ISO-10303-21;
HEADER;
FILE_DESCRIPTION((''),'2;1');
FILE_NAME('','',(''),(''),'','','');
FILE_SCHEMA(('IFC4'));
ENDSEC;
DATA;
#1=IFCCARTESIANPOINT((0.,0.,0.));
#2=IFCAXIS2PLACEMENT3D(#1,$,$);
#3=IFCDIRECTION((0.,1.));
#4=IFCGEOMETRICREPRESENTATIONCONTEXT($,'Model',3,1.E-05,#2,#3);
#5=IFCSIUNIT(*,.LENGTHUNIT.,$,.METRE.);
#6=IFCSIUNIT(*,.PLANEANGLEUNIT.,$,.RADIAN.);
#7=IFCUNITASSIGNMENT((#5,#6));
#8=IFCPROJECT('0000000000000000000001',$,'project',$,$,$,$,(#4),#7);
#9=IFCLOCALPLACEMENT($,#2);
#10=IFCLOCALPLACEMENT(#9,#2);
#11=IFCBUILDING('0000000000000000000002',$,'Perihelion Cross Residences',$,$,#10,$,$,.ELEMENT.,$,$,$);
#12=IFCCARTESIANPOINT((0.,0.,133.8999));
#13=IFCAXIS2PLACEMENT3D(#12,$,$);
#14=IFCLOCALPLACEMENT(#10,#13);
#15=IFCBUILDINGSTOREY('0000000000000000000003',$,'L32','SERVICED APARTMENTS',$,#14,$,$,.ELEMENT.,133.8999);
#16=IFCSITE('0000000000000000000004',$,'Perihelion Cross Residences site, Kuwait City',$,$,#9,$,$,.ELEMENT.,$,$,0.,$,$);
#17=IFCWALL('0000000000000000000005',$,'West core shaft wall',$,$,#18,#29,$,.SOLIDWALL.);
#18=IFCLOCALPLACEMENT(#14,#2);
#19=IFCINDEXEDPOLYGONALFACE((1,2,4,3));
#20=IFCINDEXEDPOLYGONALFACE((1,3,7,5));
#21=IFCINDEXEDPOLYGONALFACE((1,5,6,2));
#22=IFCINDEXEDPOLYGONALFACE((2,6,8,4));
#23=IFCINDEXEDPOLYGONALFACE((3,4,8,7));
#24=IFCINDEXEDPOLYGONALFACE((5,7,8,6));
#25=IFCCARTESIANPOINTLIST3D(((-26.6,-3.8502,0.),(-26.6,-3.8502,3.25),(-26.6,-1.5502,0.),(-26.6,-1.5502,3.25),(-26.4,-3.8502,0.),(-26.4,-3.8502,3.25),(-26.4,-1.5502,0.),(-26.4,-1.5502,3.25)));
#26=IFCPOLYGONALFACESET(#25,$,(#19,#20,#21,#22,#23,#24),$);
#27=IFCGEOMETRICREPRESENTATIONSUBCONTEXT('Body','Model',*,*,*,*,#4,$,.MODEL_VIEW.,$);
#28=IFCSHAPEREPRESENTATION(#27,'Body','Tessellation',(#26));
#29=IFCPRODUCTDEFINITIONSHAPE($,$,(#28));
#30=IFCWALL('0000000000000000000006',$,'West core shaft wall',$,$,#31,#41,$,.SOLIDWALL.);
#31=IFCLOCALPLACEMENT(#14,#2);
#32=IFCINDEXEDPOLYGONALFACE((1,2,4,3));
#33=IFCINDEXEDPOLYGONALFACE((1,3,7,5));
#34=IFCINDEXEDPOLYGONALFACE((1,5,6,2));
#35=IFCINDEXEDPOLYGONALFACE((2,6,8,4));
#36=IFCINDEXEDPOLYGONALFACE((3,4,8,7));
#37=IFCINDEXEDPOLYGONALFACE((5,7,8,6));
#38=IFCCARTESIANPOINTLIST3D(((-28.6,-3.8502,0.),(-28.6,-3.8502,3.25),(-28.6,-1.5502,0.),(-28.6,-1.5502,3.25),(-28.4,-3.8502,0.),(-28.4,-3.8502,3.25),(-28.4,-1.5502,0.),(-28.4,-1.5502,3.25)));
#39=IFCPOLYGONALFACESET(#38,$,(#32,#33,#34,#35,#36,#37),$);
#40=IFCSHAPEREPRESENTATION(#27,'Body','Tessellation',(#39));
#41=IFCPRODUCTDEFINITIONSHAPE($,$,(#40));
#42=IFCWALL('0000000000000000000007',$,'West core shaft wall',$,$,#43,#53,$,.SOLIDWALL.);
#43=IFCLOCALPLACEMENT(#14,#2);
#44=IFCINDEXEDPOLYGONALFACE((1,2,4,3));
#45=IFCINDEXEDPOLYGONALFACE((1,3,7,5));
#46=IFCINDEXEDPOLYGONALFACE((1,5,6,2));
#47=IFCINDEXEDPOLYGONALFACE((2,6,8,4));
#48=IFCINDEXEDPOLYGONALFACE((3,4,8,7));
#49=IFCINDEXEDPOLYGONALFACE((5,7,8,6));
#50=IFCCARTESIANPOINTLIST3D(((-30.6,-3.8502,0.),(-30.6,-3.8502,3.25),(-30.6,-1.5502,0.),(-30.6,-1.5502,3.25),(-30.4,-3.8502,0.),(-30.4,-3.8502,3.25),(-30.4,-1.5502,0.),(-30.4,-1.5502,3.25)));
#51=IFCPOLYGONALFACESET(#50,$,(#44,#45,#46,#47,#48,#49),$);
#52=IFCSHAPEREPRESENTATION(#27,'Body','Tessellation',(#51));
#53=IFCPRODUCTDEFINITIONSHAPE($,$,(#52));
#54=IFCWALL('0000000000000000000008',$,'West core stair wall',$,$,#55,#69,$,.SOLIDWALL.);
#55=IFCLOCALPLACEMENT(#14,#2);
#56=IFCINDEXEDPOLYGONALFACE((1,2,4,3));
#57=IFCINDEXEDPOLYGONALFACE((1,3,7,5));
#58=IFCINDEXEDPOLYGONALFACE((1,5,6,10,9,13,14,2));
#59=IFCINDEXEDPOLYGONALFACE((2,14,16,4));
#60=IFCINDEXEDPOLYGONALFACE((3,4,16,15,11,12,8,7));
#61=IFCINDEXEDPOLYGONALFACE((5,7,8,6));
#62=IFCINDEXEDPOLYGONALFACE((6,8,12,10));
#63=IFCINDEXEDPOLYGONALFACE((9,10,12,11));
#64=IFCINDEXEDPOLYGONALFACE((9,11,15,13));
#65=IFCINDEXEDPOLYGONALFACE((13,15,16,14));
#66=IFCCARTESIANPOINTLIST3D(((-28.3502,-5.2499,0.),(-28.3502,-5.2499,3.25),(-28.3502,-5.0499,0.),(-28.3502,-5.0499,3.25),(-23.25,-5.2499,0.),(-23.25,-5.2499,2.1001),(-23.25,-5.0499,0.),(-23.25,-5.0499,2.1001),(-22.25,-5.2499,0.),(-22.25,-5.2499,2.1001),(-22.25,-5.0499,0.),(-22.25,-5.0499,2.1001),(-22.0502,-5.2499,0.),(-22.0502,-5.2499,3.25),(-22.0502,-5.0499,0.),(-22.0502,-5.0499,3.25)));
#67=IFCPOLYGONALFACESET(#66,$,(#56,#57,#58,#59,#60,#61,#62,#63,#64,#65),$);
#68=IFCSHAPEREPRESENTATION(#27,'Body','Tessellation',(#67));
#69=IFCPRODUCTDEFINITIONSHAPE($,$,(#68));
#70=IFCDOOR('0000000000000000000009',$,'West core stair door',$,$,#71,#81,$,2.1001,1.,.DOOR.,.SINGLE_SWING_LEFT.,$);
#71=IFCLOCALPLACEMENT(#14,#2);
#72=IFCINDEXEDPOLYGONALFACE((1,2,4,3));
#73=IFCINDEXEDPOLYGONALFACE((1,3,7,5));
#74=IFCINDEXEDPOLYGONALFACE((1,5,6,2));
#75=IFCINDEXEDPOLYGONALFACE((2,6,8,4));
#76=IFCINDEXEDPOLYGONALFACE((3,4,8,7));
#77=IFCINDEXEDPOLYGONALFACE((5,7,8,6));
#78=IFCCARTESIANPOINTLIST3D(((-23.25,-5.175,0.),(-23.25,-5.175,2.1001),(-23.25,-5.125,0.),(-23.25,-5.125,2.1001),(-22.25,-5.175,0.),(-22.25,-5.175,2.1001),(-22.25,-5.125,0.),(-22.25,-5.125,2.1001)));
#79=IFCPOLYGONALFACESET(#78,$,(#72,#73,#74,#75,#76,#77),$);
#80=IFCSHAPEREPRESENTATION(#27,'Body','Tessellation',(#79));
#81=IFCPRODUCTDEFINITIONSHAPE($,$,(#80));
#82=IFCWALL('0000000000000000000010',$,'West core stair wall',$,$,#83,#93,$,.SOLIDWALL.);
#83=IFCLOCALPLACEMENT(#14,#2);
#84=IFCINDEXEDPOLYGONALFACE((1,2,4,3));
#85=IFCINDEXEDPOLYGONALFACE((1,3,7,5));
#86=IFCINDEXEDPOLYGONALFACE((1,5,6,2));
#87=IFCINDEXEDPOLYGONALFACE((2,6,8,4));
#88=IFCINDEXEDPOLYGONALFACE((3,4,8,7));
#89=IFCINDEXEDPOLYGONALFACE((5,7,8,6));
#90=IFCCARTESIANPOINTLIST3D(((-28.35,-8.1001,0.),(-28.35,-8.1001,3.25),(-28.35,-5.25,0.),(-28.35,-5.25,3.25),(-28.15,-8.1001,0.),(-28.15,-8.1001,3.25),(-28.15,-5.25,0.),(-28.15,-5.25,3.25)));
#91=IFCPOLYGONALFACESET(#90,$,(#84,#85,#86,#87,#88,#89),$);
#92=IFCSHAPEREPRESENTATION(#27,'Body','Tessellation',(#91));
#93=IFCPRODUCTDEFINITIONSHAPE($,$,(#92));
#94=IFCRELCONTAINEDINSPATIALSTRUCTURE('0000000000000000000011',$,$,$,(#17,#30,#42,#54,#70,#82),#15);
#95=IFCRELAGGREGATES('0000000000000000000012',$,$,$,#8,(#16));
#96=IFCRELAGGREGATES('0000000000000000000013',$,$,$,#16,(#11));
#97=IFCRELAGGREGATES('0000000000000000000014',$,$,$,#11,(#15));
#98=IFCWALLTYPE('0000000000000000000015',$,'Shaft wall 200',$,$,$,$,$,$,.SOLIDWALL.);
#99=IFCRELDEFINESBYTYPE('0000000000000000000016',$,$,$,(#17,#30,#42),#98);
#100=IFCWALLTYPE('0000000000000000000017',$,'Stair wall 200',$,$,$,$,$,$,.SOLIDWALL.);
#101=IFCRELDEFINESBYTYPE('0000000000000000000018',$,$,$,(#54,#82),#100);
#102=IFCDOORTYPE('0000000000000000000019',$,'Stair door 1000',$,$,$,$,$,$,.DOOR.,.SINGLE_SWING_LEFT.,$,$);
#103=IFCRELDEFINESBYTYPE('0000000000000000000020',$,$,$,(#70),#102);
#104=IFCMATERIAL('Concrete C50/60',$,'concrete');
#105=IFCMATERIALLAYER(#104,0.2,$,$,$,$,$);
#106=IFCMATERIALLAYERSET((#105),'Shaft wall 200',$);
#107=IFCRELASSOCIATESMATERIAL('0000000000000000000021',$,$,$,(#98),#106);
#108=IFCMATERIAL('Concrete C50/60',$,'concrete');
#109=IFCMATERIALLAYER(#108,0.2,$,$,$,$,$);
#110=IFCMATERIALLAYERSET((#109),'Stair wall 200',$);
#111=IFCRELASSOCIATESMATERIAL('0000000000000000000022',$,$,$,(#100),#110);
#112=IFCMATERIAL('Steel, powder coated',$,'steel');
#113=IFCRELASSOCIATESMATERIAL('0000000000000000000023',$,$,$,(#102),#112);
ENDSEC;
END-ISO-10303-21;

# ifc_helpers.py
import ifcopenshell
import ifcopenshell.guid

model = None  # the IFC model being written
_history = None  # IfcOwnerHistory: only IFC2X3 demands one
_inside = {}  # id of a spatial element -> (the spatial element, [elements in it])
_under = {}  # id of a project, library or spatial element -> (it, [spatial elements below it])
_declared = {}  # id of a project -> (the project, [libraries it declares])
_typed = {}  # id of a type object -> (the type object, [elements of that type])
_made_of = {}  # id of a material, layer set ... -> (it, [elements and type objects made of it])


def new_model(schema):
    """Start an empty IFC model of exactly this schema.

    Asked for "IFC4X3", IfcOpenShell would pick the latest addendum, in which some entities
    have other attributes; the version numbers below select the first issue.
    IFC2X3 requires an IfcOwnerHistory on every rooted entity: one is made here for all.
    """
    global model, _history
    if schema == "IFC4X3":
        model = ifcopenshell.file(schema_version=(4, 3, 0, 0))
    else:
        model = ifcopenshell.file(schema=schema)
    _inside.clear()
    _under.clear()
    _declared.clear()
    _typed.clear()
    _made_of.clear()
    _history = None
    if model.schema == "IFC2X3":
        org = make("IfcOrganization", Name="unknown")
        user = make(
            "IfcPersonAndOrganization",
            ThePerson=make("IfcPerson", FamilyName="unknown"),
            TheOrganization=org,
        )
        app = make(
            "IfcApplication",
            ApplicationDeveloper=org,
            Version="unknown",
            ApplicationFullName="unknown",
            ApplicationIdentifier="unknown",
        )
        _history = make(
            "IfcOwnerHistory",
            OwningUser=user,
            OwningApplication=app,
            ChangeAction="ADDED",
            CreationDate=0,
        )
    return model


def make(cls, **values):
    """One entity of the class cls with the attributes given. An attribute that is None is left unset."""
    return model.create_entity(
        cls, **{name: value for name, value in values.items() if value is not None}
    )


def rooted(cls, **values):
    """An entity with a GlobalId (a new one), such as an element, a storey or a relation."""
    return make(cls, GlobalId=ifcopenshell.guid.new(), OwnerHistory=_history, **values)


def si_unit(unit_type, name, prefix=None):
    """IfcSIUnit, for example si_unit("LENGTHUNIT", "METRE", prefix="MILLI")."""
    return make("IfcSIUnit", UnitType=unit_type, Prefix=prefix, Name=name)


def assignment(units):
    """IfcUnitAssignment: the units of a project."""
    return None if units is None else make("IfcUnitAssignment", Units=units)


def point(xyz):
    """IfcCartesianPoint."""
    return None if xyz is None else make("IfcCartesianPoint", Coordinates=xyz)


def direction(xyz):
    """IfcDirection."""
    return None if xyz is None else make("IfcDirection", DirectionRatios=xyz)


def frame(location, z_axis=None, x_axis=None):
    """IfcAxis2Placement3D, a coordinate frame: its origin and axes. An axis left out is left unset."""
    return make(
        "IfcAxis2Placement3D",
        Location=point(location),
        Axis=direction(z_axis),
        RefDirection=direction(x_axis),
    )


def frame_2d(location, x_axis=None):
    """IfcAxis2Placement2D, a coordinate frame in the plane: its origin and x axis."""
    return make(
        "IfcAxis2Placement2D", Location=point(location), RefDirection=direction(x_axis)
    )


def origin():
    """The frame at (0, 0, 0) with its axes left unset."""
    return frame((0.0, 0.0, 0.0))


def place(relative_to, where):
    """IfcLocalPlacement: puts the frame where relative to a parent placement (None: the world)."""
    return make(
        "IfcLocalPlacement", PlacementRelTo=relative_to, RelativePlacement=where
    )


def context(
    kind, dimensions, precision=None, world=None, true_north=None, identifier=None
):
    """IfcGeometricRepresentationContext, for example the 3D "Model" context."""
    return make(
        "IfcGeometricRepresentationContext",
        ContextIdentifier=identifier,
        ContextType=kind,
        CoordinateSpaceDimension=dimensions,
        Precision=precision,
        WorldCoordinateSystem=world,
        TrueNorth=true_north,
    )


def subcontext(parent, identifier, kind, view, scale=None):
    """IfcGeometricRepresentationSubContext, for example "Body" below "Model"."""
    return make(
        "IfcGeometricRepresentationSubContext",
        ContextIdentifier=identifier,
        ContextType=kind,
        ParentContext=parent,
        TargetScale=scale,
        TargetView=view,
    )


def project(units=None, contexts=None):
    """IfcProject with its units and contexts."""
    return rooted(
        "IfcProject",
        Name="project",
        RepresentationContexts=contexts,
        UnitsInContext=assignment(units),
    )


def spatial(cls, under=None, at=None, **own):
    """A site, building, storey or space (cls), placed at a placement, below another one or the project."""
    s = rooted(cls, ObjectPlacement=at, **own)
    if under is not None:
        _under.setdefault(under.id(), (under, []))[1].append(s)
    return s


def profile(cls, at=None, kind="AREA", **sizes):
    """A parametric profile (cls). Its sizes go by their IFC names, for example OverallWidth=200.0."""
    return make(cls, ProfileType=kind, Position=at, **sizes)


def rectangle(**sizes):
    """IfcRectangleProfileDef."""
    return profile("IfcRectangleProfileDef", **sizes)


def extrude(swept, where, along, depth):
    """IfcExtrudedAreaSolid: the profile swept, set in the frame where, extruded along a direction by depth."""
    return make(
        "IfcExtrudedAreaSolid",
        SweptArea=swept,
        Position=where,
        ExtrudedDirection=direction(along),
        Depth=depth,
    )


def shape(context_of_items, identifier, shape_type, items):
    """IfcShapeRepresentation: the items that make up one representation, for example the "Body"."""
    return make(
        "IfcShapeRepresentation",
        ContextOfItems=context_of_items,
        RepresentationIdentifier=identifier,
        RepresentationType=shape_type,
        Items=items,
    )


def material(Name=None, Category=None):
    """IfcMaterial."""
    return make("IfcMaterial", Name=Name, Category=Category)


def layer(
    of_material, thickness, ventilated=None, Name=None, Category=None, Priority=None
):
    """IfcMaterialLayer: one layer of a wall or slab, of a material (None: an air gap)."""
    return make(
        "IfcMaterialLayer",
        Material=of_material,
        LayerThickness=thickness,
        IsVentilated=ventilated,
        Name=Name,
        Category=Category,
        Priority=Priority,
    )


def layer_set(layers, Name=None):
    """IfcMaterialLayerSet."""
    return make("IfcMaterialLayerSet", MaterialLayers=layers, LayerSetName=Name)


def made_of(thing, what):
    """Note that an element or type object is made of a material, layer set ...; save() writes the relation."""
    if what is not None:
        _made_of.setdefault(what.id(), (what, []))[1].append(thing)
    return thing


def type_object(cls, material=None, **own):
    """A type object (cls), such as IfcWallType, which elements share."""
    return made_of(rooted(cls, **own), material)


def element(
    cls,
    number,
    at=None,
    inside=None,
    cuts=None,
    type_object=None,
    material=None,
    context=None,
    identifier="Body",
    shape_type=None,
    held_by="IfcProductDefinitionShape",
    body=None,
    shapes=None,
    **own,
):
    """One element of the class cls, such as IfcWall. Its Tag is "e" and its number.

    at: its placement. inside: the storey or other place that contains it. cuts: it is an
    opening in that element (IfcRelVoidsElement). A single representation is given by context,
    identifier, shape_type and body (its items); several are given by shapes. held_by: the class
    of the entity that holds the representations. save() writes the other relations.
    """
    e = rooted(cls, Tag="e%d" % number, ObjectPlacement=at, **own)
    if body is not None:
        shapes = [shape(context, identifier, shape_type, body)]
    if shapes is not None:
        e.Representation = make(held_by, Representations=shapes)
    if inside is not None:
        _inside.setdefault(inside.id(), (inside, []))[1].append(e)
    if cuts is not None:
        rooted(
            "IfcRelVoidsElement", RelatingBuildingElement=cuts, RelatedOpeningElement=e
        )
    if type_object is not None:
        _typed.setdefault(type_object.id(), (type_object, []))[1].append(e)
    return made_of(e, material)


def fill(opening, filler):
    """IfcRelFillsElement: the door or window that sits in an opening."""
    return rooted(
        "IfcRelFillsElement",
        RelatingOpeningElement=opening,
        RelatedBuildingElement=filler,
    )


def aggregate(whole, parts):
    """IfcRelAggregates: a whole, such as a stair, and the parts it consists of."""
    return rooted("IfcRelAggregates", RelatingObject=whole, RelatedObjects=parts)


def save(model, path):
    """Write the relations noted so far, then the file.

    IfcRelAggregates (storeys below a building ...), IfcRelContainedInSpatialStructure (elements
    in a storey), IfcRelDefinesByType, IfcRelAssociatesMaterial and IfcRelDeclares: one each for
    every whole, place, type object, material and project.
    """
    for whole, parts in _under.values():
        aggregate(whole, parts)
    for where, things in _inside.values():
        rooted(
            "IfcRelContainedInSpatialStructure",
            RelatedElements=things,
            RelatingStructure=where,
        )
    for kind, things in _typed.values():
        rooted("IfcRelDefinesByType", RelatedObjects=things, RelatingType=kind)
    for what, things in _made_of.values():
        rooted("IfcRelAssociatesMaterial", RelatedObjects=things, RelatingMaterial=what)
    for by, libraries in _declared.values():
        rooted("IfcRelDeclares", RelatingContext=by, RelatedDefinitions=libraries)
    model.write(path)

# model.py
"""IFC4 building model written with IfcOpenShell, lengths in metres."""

from ifc_helpers import new_model, si_unit, direction, frame, frame_2d, origin, place, context, subcontext, project, spatial, rectangle, extrude, material, layer, layer_set, type_object, element, fill, save


model = new_model("IFC4")

# Units and contexts
model_context = context("Model", 3, precision=1e-05, world=origin(), true_north=direction((0.0, 1.0)))
body_context = subcontext(model_context, "Body", "Model", "MODEL_VIEW")
ifc_project = project(units=[si_unit("LENGTHUNIT", "METRE"), si_unit("PLANEANGLEUNIT", "RADIAN")], contexts=[model_context])

# Site, building, storey
site_placement = place(None, origin())
site = spatial("IfcSite", under=ifc_project, at=site_placement, Name="Perihelion Cross Residences site, Kuwait City", CompositionType="ELEMENT", RefElevation=0.0)
building_placement = place(site_placement, origin())
building = spatial("IfcBuilding", under=site, at=building_placement, Name="Perihelion Cross Residences", CompositionType="ELEMENT")
storey_placement = place(building_placement, frame((0.0, 0.0, 133.8999)))
storey = spatial("IfcBuildingStorey", under=building, at=storey_placement, Name="L32", Description="SERVICED APARTMENTS", CompositionType="ELEMENT", Elevation=133.8999)

# Shared definitions
ifc_material_1 = material(Name="Concrete C50/60", Category="concrete")
ifc_layer_1 = layer(ifc_material_1, 0.2)
ifc_layer_set_1 = layer_set([ifc_layer_1], Name="Shaft wall 200")
wall_type_1 = type_object("IfcWallType", Name="Shaft wall 200", PredefinedType="SOLIDWALL", material=ifc_layer_set_1)

# Walls
for number, where, z_axis, x_axis, name in (
    (1, (-26.5, -3.8501, 0.0), (0.0, 0.0, 1.0), (0.0, 1.0, 0.0), "West core shaft wall"),
    (2, (-28.5, -3.8501, 0.0), (0.0, 0.0, 1.0), (0.0, 1.0, 0.0), "West core shaft wall"),
    (3, (-30.5, -3.8501, 0.0), (0.0, 0.0, 1.0), (0.0, 1.0, 0.0), "West core shaft wall"),
):
    element("IfcWall", number, at=place(storey_placement, frame(where, z_axis=z_axis, x_axis=x_axis)), inside=storey, type_object=wall_type_1, Name=name, PredefinedType="SOLIDWALL", context=body_context, shape_type="SweptSolid", body=[
        extrude(rectangle(XDim=2.3, YDim=0.2, at=frame_2d((1.1499, 0.0))), origin(), (0.0, 0.0, 1.0), 3.25),
    ])

# Wall, opening, door
ifc_material_2 = material(Name="Concrete C50/60", Category="concrete")
ifc_layer_2 = layer(ifc_material_2, 0.2)
ifc_layer_set_2 = layer_set([ifc_layer_2], Name="Stair wall 200")
wall_type_2 = type_object("IfcWallType", Name="Stair wall 200", PredefinedType="SOLIDWALL", material=ifc_layer_set_2)
wall_1_placement = place(storey_placement, frame((-28.3501, -5.1499, 0.0), z_axis=(0.0, 0.0, 1.0), x_axis=(1.0, 0.0, 0.0)))
wall_1 = element("IfcWall", 4, at=wall_1_placement, inside=storey, type_object=wall_type_2, Name="West core stair wall", PredefinedType="SOLIDWALL", context=body_context, shape_type="SweptSolid", body=[
    extrude(rectangle(XDim=6.3, YDim=0.2, at=frame_2d((3.1499, 0.0))), origin(), (0.0, 0.0, 1.0), 3.25),
])
opening_1_placement = place(wall_1_placement, frame((5.1001, 0.0, 0.0)))
opening_1 = element("IfcOpeningElement", 5, at=opening_1_placement, cuts=wall_1, PredefinedType="OPENING", context=body_context, shape_type="SweptSolid", body=[
    extrude(rectangle(XDim=1.0, YDim=2.1001, at=frame_2d((0.5, 1.05))), frame((0.0, 0.1099, 0.0), z_axis=(0.0, -1.0, 0.0), x_axis=(1.0, 0.0, 0.0)), (0.0, 0.0, 1.0), 0.22),
])
ifc_material_3 = material(Name="Steel, powder coated", Category="steel")
door_type_1 = type_object("IfcDoorType", Name="Stair door 1000", OperationType="SINGLE_SWING_LEFT", PredefinedType="DOOR", material=ifc_material_3)
door_1_placement = place(opening_1_placement, origin())
door_1 = element("IfcDoor", 6, at=door_1_placement, inside=storey, type_object=door_type_1, Name="West core stair door", OperationType="SINGLE_SWING_LEFT", OverallHeight=2.1001, OverallWidth=1.0, PredefinedType="DOOR", context=body_context, shape_type="SweptSolid", body=[
    extrude(rectangle(XDim=1.0, YDim=2.1001, at=frame_2d((0.5, 1.05))), frame((0.0, 0.0249, 0.0), z_axis=(0.0, -1.0, 0.0), x_axis=(1.0, 0.0, 0.0)), (0.0, 0.0, 1.0), 0.05),
])
fill(opening_1, door_1)

# Wall
wall_2_placement = place(storey_placement, frame((-28.25, -8.1001, 0.0), z_axis=(0.0, 0.0, 1.0), x_axis=(0.0, 1.0, 0.0)))
element("IfcWall", 7, at=wall_2_placement, inside=storey, type_object=wall_type_2, Name="West core stair wall", PredefinedType="SOLIDWALL", context=body_context, shape_type="SweptSolid", body=[
    extrude(rectangle(XDim=2.8501, YDim=0.2, at=frame_2d((1.425, 0.0))), origin(), (0.0, 0.0, 1.0), 3.25),
])

save(model, "model.ifc")
